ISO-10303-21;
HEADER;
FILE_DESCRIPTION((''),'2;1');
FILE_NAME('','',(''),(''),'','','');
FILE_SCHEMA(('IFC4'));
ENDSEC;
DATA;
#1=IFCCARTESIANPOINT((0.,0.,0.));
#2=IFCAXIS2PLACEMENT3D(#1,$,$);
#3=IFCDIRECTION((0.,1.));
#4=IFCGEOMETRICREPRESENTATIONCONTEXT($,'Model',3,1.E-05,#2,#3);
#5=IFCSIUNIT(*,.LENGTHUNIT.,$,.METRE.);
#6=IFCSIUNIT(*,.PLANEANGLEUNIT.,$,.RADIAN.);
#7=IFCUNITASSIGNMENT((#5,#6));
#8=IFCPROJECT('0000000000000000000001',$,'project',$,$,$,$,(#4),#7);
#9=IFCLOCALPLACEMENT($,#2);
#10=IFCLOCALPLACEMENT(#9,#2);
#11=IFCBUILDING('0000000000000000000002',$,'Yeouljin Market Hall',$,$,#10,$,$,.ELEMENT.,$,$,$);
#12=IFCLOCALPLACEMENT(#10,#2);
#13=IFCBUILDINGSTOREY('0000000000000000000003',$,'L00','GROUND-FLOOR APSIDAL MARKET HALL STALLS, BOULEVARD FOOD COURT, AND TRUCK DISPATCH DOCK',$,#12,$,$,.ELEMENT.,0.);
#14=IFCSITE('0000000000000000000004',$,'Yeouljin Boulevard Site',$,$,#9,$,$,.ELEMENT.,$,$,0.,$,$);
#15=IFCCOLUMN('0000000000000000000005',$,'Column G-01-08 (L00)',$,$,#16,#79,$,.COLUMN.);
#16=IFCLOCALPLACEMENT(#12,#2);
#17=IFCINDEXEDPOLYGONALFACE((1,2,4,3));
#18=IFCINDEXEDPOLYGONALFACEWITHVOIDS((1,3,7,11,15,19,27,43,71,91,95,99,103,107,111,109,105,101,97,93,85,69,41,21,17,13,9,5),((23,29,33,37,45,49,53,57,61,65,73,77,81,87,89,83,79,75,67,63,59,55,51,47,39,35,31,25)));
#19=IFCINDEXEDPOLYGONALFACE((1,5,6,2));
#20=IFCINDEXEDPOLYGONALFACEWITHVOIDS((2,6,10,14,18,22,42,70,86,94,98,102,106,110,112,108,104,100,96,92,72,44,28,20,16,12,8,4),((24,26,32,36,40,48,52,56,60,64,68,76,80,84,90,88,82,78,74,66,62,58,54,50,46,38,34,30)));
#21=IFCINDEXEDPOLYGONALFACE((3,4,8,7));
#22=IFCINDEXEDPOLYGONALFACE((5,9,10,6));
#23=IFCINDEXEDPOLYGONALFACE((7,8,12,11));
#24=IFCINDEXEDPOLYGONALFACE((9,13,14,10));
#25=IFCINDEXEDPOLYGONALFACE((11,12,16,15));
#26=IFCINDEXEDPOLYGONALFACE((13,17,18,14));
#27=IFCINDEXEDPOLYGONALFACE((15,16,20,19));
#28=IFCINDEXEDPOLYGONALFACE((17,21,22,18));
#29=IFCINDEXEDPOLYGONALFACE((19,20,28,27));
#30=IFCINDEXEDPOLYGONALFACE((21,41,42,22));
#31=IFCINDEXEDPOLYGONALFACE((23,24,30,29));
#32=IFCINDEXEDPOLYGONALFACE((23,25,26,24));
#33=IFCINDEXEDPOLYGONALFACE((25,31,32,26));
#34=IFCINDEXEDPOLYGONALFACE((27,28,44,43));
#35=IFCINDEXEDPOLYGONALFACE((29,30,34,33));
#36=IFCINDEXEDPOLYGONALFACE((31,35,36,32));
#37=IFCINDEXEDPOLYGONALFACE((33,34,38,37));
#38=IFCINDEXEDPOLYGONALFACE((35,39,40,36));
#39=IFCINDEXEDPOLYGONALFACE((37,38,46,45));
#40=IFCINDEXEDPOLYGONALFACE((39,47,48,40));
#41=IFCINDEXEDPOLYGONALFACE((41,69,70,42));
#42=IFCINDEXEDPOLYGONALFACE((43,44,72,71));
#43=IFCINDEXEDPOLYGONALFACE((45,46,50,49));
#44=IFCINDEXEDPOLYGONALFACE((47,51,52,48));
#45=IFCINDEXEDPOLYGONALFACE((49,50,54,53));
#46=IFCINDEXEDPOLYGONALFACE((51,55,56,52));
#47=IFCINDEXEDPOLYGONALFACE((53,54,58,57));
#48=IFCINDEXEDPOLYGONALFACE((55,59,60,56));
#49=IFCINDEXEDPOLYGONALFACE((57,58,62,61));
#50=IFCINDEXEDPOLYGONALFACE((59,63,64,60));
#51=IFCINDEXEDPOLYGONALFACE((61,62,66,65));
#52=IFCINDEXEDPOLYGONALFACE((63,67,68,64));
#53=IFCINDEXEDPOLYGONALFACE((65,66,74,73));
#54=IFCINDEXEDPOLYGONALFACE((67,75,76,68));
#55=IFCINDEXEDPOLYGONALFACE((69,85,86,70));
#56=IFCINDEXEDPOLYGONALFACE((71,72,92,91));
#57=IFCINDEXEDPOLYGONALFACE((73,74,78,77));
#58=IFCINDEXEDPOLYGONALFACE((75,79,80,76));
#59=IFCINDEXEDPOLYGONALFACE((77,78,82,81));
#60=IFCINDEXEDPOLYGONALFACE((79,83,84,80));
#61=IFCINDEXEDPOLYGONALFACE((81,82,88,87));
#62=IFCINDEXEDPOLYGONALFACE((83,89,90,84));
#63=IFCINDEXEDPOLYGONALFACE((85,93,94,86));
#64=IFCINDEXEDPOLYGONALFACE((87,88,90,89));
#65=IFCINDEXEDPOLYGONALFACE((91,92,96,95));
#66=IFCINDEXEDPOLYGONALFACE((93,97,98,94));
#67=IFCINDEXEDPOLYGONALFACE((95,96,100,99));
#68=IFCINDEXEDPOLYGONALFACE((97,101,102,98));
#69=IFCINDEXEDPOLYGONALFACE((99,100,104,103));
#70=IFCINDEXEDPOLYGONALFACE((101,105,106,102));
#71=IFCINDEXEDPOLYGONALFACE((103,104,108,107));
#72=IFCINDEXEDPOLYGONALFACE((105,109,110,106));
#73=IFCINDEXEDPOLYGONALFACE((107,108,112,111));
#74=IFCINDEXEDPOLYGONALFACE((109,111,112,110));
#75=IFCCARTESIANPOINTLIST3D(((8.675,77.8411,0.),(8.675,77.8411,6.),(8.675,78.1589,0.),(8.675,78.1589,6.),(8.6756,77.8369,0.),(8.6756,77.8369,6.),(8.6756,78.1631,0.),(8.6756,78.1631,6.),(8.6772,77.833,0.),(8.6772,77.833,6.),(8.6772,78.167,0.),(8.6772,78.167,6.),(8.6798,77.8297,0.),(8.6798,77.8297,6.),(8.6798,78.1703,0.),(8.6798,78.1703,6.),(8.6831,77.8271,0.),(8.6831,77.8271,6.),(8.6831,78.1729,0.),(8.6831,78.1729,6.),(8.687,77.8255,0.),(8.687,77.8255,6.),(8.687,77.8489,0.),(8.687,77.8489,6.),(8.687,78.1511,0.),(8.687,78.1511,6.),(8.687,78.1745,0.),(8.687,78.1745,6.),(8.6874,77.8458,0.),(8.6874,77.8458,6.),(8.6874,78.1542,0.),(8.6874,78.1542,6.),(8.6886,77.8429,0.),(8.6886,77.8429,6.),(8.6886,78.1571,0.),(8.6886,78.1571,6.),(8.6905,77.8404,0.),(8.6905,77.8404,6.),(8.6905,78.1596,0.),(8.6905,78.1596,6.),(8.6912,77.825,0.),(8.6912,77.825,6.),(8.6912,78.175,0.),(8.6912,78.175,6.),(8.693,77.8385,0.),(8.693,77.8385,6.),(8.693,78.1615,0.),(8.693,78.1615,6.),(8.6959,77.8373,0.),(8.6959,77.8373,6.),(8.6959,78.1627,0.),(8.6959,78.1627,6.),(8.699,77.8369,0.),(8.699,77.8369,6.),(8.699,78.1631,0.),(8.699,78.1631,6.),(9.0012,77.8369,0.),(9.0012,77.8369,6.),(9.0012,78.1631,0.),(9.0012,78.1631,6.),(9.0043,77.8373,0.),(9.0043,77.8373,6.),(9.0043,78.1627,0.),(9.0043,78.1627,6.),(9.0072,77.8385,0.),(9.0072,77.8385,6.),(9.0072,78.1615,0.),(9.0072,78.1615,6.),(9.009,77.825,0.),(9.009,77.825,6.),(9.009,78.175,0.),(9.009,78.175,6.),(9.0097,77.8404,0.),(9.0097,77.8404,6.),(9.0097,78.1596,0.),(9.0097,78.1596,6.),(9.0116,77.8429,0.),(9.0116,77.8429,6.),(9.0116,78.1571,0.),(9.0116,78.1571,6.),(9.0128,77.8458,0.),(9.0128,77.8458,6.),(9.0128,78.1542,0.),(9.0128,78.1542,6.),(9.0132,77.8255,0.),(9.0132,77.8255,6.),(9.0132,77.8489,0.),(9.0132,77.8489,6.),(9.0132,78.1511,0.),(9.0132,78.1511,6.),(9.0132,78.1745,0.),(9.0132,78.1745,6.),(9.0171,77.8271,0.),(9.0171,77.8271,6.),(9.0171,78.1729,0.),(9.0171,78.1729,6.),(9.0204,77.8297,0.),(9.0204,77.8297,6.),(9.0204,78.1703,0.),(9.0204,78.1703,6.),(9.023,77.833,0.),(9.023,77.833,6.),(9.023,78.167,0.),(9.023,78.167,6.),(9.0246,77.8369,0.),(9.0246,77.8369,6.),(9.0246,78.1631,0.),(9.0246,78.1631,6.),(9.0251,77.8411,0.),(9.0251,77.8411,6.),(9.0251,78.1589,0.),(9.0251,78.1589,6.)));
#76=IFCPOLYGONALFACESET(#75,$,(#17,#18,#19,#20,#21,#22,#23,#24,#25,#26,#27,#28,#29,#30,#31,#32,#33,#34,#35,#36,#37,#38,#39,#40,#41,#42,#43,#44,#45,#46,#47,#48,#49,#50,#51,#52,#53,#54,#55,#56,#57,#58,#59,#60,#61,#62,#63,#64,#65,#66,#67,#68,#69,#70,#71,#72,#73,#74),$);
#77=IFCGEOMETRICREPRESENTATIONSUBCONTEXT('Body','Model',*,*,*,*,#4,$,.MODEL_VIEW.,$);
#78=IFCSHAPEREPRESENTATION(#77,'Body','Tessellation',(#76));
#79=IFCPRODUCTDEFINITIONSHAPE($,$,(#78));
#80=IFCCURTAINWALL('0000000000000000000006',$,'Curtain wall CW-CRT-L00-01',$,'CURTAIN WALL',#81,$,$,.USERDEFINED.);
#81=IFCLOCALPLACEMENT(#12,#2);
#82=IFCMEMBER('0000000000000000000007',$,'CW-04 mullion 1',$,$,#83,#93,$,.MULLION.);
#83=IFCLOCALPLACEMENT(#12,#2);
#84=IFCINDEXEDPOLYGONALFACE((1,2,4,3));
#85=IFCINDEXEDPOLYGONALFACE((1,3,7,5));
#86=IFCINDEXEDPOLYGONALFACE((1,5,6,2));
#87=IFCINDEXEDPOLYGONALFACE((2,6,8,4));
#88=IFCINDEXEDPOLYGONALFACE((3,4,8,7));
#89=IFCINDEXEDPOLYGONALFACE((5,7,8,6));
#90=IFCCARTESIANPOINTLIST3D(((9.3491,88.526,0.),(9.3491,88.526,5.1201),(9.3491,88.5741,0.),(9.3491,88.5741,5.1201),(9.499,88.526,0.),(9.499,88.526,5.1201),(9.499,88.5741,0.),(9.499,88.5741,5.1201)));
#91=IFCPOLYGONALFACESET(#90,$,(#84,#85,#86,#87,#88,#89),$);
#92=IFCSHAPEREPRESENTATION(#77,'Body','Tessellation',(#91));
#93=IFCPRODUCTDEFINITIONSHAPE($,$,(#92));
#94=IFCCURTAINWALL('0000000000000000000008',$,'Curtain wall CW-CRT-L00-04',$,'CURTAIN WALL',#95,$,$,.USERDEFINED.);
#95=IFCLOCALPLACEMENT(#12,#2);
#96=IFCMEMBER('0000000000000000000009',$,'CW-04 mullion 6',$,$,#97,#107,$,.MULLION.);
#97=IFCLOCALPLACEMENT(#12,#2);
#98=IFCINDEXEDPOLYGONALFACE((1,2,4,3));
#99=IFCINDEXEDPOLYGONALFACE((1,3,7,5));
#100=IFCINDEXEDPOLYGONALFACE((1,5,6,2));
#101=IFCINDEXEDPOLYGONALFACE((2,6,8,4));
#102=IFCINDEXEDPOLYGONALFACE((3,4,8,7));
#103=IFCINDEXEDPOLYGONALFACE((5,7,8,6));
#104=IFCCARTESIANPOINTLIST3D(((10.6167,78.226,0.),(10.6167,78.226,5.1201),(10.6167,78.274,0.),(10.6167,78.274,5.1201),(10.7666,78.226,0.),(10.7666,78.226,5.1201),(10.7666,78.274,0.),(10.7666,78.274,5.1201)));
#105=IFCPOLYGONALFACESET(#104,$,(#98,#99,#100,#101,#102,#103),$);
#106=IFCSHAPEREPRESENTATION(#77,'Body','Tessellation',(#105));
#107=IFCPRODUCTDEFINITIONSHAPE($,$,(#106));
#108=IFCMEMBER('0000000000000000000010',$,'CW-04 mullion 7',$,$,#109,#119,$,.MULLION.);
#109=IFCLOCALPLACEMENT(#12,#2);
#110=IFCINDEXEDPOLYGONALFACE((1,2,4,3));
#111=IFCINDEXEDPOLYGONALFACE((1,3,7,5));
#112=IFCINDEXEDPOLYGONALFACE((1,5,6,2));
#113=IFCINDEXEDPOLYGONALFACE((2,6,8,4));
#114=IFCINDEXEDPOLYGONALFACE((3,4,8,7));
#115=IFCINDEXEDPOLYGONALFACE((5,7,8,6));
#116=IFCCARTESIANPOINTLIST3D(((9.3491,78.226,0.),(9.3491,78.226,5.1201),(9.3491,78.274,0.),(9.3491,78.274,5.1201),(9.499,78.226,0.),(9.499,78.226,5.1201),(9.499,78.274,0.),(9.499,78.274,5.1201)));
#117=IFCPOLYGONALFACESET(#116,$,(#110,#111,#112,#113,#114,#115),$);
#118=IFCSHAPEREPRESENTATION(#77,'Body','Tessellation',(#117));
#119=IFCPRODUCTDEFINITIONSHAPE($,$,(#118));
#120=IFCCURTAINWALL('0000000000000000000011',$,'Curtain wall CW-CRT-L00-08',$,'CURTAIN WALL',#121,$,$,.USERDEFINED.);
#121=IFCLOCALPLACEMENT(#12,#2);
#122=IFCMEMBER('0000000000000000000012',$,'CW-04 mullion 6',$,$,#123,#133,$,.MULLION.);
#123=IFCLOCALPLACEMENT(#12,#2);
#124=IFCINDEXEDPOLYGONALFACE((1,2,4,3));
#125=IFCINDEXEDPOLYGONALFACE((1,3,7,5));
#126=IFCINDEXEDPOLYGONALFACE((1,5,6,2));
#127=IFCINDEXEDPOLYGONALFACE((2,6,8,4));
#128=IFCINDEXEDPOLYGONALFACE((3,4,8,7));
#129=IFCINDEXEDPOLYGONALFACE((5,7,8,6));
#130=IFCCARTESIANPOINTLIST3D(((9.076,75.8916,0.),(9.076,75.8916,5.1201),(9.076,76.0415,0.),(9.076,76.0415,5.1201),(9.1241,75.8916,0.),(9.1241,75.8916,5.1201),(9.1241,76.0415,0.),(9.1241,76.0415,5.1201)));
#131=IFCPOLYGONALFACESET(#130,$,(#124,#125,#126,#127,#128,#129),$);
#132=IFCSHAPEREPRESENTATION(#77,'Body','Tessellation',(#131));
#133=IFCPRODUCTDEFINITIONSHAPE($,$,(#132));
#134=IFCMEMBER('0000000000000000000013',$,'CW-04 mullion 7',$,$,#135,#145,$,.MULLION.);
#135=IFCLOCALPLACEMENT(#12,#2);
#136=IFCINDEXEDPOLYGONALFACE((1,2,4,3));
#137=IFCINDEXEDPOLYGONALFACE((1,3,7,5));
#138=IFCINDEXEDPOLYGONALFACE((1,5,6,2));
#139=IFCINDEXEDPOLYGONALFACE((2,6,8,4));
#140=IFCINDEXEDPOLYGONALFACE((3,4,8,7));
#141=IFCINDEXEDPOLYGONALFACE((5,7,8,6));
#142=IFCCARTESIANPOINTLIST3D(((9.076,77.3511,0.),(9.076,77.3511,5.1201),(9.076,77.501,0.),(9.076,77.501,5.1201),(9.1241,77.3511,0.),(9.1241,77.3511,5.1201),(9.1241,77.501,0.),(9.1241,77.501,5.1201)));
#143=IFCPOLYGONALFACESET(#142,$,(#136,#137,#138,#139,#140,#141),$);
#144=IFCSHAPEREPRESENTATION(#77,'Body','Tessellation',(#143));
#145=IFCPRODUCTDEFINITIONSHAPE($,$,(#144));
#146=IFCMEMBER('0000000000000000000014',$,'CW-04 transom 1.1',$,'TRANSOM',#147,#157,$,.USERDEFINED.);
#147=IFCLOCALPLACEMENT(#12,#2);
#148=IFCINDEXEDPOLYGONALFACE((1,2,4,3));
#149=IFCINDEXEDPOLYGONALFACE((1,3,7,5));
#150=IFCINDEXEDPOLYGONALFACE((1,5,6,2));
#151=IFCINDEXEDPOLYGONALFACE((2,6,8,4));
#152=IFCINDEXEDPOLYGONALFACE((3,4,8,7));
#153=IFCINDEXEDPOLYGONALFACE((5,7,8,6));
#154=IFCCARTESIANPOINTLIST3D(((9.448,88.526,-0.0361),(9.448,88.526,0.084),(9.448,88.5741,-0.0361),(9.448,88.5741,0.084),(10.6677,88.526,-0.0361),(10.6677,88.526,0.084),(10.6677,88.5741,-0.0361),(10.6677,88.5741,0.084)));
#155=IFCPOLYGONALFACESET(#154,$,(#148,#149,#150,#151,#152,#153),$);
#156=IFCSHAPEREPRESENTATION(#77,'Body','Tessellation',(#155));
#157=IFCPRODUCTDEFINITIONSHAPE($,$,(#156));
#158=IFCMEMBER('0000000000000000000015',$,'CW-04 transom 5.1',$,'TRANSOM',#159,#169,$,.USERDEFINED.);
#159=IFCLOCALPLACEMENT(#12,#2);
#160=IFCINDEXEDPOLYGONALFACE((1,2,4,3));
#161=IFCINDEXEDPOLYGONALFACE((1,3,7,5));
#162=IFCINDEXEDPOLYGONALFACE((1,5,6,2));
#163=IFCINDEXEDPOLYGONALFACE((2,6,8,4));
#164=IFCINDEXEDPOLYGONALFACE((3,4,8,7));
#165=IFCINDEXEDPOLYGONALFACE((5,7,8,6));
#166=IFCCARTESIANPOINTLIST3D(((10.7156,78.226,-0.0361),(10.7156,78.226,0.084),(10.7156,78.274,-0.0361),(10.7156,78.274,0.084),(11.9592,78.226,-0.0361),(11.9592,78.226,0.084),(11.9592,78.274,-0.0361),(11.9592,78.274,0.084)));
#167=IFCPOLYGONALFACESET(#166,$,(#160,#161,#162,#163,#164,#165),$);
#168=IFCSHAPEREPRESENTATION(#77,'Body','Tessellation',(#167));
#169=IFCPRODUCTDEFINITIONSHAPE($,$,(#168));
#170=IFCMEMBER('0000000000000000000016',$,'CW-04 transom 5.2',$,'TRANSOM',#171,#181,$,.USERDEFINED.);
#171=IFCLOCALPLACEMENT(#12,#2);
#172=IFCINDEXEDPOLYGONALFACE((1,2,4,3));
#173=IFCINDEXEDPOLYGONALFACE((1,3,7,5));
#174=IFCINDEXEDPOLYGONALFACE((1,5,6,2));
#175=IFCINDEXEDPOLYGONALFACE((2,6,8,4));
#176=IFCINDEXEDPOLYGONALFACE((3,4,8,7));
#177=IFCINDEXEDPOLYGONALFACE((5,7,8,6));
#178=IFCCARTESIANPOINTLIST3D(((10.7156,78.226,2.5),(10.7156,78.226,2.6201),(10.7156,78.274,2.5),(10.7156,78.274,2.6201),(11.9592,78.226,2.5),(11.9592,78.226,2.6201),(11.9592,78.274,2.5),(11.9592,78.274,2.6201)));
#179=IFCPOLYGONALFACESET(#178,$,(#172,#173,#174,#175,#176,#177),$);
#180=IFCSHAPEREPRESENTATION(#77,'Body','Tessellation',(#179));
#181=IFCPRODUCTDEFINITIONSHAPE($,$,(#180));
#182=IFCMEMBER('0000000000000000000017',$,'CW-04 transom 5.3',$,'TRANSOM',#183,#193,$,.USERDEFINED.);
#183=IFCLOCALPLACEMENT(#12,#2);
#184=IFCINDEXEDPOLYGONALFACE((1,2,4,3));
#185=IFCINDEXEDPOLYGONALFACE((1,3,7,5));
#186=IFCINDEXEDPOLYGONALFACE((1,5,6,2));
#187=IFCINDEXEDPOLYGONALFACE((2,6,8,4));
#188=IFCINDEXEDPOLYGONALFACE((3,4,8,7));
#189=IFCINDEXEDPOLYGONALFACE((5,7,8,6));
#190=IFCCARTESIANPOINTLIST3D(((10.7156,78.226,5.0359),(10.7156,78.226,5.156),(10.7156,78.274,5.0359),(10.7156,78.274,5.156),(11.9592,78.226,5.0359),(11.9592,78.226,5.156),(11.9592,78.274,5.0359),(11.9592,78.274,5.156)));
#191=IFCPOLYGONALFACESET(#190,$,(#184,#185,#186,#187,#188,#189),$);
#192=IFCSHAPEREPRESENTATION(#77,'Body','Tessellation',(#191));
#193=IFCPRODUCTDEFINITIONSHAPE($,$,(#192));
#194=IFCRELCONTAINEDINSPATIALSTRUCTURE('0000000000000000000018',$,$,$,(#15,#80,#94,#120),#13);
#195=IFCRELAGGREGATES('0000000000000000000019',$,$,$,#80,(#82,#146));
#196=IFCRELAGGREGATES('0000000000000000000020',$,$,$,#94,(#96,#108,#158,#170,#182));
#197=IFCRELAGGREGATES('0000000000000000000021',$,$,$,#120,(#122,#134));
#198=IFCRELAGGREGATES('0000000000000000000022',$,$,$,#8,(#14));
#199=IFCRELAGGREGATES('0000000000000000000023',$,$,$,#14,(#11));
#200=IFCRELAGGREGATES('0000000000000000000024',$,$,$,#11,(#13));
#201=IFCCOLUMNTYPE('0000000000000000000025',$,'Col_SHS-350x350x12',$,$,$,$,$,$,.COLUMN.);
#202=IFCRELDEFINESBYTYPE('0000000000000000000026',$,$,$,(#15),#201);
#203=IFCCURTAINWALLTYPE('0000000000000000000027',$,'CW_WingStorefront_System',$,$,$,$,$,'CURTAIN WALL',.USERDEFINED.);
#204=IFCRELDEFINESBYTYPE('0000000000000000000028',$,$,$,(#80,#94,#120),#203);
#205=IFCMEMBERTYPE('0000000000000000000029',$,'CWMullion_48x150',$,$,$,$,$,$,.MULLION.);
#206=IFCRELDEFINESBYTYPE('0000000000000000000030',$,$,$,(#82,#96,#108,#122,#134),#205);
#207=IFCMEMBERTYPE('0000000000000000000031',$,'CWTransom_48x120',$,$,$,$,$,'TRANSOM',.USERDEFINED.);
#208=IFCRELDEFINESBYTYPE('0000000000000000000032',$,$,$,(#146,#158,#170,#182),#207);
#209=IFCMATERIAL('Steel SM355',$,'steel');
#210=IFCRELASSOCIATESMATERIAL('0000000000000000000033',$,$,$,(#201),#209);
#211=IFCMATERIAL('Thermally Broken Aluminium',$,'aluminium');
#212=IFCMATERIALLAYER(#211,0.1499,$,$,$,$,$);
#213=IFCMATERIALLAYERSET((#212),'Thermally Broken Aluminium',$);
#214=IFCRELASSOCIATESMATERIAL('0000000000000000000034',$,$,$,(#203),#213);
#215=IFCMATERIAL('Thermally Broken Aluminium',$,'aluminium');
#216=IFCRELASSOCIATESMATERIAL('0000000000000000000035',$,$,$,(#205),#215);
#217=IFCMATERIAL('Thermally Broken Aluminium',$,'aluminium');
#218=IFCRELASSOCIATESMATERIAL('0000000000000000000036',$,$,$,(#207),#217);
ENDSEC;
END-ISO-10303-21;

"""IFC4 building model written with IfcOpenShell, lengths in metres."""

from ifc_helpers import new_model, si_unit, direction, frame, origin, origin_2d, place, context, subcontext, project, spatial, rectangle, hollow_rectangle, extrude, material, layer, layer_set, material_profile, profile_set, type_object, element, aggregate, save


model = new_model("IFC4")

# Units and contexts
model_context = context("Model", 3, precision=1e-05, world=origin(), true_north=direction((0.0, 1.0)))
body_context = subcontext(model_context, "Body", "Model", "MODEL_VIEW")
ifc_project = project(units=[si_unit("LENGTHUNIT", "METRE"), si_unit("PLANEANGLEUNIT", "RADIAN")], contexts=[model_context])

# Site, building, storey
site_placement = place(None, origin())
site = spatial("IfcSite", under=ifc_project, at=site_placement, Name="Yeouljin Boulevard Site", CompositionType="ELEMENT", RefElevation=0.0)
building_placement = place(site_placement, origin())
building = spatial("IfcBuilding", under=site, at=building_placement, Name="Yeouljin Market Hall", CompositionType="ELEMENT")
storey_placement = place(building_placement, origin())
storey = spatial("IfcBuildingStorey", under=building, at=storey_placement, Name="L00", Description="GROUND-FLOOR APSIDAL MARKET HALL STALLS, BOULEVARD FOOD COURT, AND TRUCK DISPATCH DOCK", CompositionType="ELEMENT", Elevation=0.0)

# Column
ifc_material_1 = material(Name="Steel SM355", Category="steel")
ifc_material_profile_1 = material_profile(ifc_material_1, hollow_rectangle(XDim=0.3501, YDim=0.3501, WallThickness=0.012, InnerFilletRadius=0.012, OuterFilletRadius=0.0161, at=origin_2d()), Name="SHS-350x350x12")
ifc_profile_set_1 = profile_set([ifc_material_profile_1], Name="Steel SM355")
column_type = type_object("IfcColumnType", Name="Col_SHS-350x350x12", PredefinedType="COLUMN", material=ifc_profile_set_1)
column_placement = place(storey_placement, frame((8.8501, 78.0, 0.0), z_axis=(0.0, 0.0, 1.0), x_axis=(1.0, 0.0, 0.0)))
element("IfcColumn", 1, at=column_placement, inside=storey, type_object=column_type, Name="Column G-01-08 (L00)", PredefinedType="COLUMN", context=body_context, shape_type="SweptSolid", body=[
    extrude(hollow_rectangle(XDim=0.3501, YDim=0.3501, WallThickness=0.012, InnerFilletRadius=0.012, OuterFilletRadius=0.0161, at=origin_2d()), origin(), (0.0, 0.0, 1.0), 6.0),
])

# Curtain wall, member
ifc_material_2 = material(Name="Thermally Broken Aluminium", Category="aluminium")
ifc_layer_1 = layer(ifc_material_2, 0.1499)
ifc_layer_set_1 = layer_set([ifc_layer_1], Name="Thermally Broken Aluminium")
curtain_wall_type = type_object("IfcCurtainWallType", Name="CW_WingStorefront_System", ElementType="CURTAIN WALL", PredefinedType="USERDEFINED", material=ifc_layer_set_1)
curtain_wall_1_placement = place(storey_placement, origin())
curtain_wall_1 = element("IfcCurtainWall", 2, at=curtain_wall_1_placement, inside=storey, type_object=curtain_wall_type, Name="Curtain wall CW-CRT-L00-01", ObjectType="CURTAIN WALL", PredefinedType="USERDEFINED")
ifc_material_3 = material(Name="Thermally Broken Aluminium", Category="aluminium")
ifc_material_profile_2 = material_profile(ifc_material_3, rectangle(XDim=0.0481, YDim=0.1499, at=origin_2d()), Name="CW-MULL-48x150")
ifc_profile_set_2 = profile_set([ifc_material_profile_2], Name="Thermally Broken Aluminium")
member_type_1 = type_object("IfcMemberType", Name="CWMullion_48x150", PredefinedType="MULLION", material=ifc_profile_set_2)
member_1_placement = place(storey_placement, frame((9.4241, 88.55, 0.0), z_axis=(0.0, 0.0, 1.0), x_axis=(0.0, 1.0, 0.0)))
member_1 = element("IfcMember", 3, at=member_1_placement, type_object=member_type_1, Name="CW-04 mullion 1", PredefinedType="MULLION", context=body_context, shape_type="SweptSolid", body=[
    extrude(rectangle(XDim=0.0481, YDim=0.1499, at=origin_2d()), origin(), (0.0, 0.0, 1.0), 5.1201),
])

# Curtain walls, members
curtain_wall_2_placement = place(storey_placement, origin())
curtain_wall_2 = element("IfcCurtainWall", 4, at=curtain_wall_2_placement, inside=storey, type_object=curtain_wall_type, Name="Curtain wall CW-CRT-L00-04", ObjectType="CURTAIN WALL", PredefinedType="USERDEFINED")
member_2_placement = place(storey_placement, frame((10.6917, 78.25, 0.0), z_axis=(0.0, 0.0, 1.0), x_axis=(0.0, -1.0, 0.0)))
member_2 = element("IfcMember", 5, at=member_2_placement, type_object=member_type_1, Name="CW-04 mullion 6", PredefinedType="MULLION", context=body_context, shape_type="SweptSolid", body=[
    extrude(rectangle(XDim=0.0481, YDim=0.1499, at=origin_2d()), origin(), (0.0, 0.0, 1.0), 5.1201),
])
member_3_placement = place(storey_placement, frame((9.4241, 78.25, 0.0), z_axis=(0.0, 0.0, 1.0), x_axis=(0.0, -1.0, 0.0)))
member_3 = element("IfcMember", 6, at=member_3_placement, type_object=member_type_1, Name="CW-04 mullion 7", PredefinedType="MULLION", context=body_context, shape_type="SweptSolid", body=[
    extrude(rectangle(XDim=0.0481, YDim=0.1499, at=origin_2d()), origin(), (0.0, 0.0, 1.0), 5.1201),
])
curtain_wall_3_placement = place(storey_placement, origin())
curtain_wall_3 = element("IfcCurtainWall", 7, at=curtain_wall_3_placement, inside=storey, type_object=curtain_wall_type, Name="Curtain wall CW-CRT-L00-08", ObjectType="CURTAIN WALL", PredefinedType="USERDEFINED")
member_4_placement = place(storey_placement, frame((9.1001, 75.9666, 0.0), z_axis=(0.0, 0.0, 1.0), x_axis=(-1.0, 0.0, 0.0)))
member_4 = element("IfcMember", 8, at=member_4_placement, type_object=member_type_1, Name="CW-04 mullion 6", PredefinedType="MULLION", context=body_context, shape_type="SweptSolid", body=[
    extrude(rectangle(XDim=0.0481, YDim=0.1499, at=origin_2d()), origin(), (0.0, 0.0, 1.0), 5.1201),
])
member_5_placement = place(storey_placement, frame((9.1001, 77.426, 0.0), z_axis=(0.0, 0.0, 1.0), x_axis=(-1.0, 0.0, 0.0)))
member_5 = element("IfcMember", 9, at=member_5_placement, type_object=member_type_1, Name="CW-04 mullion 7", PredefinedType="MULLION", context=body_context, shape_type="SweptSolid", body=[
    extrude(rectangle(XDim=0.0481, YDim=0.1499, at=origin_2d()), origin(), (0.0, 0.0, 1.0), 5.1201),
])

# Members
ifc_material_4 = material(Name="Thermally Broken Aluminium", Category="aluminium")
ifc_material_profile_3 = material_profile(ifc_material_4, rectangle(XDim=0.0481, YDim=0.1201, at=origin_2d()), Name="CW-TRAN-48x120")
ifc_profile_set_3 = profile_set([ifc_material_profile_3], Name="Thermally Broken Aluminium")
member_type_2 = type_object("IfcMemberType", Name="CWTransom_48x120", ElementType="TRANSOM", PredefinedType="USERDEFINED", material=ifc_profile_set_3)
member_6_placement = place(storey_placement, frame((9.448, 88.55, 0.0239), z_axis=(1.0, 0.0, 0.0), x_axis=(0.0, 1.0, 0.0)))
member_6 = element("IfcMember", 10, at=member_6_placement, type_object=member_type_2, Name="CW-04 transom 1.1", ObjectType="TRANSOM", PredefinedType="USERDEFINED", context=body_context, shape_type="SweptSolid", body=[
    extrude(rectangle(XDim=0.0481, YDim=0.1201, at=origin_2d()), origin(), (0.0, 0.0, 1.0), 1.2197),
])
aggregate(curtain_wall_1, [member_1, member_6])
member_7_placement = place(storey_placement, frame((11.9592, 78.25, 0.0239), z_axis=(-1.0, 0.0, 0.0), x_axis=(0.0, -1.0, 0.0)))
member_7 = element("IfcMember", 11, at=member_7_placement, type_object=member_type_2, Name="CW-04 transom 5.1", ObjectType="TRANSOM", PredefinedType="USERDEFINED", context=body_context, shape_type="SweptSolid", body=[
    extrude(rectangle(XDim=0.0481, YDim=0.1201, at=origin_2d()), origin(), (0.0, 0.0, 1.0), 1.2437),
])
member_8_placement = place(storey_placement, frame((11.9592, 78.25, 2.5601), z_axis=(-1.0, 0.0, 0.0), x_axis=(0.0, -1.0, 0.0)))
member_8 = element("IfcMember", 12, at=member_8_placement, type_object=member_type_2, Name="CW-04 transom 5.2", ObjectType="TRANSOM", PredefinedType="USERDEFINED", context=body_context, shape_type="SweptSolid", body=[
    extrude(rectangle(XDim=0.0481, YDim=0.1201, at=origin_2d()), origin(), (0.0, 0.0, 1.0), 1.2437),
])
member_9_placement = place(storey_placement, frame((11.9592, 78.25, 5.0959), z_axis=(-1.0, 0.0, 0.0), x_axis=(0.0, -1.0, 0.0)))
member_9 = element("IfcMember", 13, at=member_9_placement, type_object=member_type_2, Name="CW-04 transom 5.3", ObjectType="TRANSOM", PredefinedType="USERDEFINED", context=body_context, shape_type="SweptSolid", body=[
    extrude(rectangle(XDim=0.0481, YDim=0.1201, at=origin_2d()), origin(), (0.0, 0.0, 1.0), 1.2437),
])

aggregate(curtain_wall_2, [member_2, member_3, member_7, member_8, member_9])
aggregate(curtain_wall_3, [member_4, member_5])

save(model, "model.ifc")
